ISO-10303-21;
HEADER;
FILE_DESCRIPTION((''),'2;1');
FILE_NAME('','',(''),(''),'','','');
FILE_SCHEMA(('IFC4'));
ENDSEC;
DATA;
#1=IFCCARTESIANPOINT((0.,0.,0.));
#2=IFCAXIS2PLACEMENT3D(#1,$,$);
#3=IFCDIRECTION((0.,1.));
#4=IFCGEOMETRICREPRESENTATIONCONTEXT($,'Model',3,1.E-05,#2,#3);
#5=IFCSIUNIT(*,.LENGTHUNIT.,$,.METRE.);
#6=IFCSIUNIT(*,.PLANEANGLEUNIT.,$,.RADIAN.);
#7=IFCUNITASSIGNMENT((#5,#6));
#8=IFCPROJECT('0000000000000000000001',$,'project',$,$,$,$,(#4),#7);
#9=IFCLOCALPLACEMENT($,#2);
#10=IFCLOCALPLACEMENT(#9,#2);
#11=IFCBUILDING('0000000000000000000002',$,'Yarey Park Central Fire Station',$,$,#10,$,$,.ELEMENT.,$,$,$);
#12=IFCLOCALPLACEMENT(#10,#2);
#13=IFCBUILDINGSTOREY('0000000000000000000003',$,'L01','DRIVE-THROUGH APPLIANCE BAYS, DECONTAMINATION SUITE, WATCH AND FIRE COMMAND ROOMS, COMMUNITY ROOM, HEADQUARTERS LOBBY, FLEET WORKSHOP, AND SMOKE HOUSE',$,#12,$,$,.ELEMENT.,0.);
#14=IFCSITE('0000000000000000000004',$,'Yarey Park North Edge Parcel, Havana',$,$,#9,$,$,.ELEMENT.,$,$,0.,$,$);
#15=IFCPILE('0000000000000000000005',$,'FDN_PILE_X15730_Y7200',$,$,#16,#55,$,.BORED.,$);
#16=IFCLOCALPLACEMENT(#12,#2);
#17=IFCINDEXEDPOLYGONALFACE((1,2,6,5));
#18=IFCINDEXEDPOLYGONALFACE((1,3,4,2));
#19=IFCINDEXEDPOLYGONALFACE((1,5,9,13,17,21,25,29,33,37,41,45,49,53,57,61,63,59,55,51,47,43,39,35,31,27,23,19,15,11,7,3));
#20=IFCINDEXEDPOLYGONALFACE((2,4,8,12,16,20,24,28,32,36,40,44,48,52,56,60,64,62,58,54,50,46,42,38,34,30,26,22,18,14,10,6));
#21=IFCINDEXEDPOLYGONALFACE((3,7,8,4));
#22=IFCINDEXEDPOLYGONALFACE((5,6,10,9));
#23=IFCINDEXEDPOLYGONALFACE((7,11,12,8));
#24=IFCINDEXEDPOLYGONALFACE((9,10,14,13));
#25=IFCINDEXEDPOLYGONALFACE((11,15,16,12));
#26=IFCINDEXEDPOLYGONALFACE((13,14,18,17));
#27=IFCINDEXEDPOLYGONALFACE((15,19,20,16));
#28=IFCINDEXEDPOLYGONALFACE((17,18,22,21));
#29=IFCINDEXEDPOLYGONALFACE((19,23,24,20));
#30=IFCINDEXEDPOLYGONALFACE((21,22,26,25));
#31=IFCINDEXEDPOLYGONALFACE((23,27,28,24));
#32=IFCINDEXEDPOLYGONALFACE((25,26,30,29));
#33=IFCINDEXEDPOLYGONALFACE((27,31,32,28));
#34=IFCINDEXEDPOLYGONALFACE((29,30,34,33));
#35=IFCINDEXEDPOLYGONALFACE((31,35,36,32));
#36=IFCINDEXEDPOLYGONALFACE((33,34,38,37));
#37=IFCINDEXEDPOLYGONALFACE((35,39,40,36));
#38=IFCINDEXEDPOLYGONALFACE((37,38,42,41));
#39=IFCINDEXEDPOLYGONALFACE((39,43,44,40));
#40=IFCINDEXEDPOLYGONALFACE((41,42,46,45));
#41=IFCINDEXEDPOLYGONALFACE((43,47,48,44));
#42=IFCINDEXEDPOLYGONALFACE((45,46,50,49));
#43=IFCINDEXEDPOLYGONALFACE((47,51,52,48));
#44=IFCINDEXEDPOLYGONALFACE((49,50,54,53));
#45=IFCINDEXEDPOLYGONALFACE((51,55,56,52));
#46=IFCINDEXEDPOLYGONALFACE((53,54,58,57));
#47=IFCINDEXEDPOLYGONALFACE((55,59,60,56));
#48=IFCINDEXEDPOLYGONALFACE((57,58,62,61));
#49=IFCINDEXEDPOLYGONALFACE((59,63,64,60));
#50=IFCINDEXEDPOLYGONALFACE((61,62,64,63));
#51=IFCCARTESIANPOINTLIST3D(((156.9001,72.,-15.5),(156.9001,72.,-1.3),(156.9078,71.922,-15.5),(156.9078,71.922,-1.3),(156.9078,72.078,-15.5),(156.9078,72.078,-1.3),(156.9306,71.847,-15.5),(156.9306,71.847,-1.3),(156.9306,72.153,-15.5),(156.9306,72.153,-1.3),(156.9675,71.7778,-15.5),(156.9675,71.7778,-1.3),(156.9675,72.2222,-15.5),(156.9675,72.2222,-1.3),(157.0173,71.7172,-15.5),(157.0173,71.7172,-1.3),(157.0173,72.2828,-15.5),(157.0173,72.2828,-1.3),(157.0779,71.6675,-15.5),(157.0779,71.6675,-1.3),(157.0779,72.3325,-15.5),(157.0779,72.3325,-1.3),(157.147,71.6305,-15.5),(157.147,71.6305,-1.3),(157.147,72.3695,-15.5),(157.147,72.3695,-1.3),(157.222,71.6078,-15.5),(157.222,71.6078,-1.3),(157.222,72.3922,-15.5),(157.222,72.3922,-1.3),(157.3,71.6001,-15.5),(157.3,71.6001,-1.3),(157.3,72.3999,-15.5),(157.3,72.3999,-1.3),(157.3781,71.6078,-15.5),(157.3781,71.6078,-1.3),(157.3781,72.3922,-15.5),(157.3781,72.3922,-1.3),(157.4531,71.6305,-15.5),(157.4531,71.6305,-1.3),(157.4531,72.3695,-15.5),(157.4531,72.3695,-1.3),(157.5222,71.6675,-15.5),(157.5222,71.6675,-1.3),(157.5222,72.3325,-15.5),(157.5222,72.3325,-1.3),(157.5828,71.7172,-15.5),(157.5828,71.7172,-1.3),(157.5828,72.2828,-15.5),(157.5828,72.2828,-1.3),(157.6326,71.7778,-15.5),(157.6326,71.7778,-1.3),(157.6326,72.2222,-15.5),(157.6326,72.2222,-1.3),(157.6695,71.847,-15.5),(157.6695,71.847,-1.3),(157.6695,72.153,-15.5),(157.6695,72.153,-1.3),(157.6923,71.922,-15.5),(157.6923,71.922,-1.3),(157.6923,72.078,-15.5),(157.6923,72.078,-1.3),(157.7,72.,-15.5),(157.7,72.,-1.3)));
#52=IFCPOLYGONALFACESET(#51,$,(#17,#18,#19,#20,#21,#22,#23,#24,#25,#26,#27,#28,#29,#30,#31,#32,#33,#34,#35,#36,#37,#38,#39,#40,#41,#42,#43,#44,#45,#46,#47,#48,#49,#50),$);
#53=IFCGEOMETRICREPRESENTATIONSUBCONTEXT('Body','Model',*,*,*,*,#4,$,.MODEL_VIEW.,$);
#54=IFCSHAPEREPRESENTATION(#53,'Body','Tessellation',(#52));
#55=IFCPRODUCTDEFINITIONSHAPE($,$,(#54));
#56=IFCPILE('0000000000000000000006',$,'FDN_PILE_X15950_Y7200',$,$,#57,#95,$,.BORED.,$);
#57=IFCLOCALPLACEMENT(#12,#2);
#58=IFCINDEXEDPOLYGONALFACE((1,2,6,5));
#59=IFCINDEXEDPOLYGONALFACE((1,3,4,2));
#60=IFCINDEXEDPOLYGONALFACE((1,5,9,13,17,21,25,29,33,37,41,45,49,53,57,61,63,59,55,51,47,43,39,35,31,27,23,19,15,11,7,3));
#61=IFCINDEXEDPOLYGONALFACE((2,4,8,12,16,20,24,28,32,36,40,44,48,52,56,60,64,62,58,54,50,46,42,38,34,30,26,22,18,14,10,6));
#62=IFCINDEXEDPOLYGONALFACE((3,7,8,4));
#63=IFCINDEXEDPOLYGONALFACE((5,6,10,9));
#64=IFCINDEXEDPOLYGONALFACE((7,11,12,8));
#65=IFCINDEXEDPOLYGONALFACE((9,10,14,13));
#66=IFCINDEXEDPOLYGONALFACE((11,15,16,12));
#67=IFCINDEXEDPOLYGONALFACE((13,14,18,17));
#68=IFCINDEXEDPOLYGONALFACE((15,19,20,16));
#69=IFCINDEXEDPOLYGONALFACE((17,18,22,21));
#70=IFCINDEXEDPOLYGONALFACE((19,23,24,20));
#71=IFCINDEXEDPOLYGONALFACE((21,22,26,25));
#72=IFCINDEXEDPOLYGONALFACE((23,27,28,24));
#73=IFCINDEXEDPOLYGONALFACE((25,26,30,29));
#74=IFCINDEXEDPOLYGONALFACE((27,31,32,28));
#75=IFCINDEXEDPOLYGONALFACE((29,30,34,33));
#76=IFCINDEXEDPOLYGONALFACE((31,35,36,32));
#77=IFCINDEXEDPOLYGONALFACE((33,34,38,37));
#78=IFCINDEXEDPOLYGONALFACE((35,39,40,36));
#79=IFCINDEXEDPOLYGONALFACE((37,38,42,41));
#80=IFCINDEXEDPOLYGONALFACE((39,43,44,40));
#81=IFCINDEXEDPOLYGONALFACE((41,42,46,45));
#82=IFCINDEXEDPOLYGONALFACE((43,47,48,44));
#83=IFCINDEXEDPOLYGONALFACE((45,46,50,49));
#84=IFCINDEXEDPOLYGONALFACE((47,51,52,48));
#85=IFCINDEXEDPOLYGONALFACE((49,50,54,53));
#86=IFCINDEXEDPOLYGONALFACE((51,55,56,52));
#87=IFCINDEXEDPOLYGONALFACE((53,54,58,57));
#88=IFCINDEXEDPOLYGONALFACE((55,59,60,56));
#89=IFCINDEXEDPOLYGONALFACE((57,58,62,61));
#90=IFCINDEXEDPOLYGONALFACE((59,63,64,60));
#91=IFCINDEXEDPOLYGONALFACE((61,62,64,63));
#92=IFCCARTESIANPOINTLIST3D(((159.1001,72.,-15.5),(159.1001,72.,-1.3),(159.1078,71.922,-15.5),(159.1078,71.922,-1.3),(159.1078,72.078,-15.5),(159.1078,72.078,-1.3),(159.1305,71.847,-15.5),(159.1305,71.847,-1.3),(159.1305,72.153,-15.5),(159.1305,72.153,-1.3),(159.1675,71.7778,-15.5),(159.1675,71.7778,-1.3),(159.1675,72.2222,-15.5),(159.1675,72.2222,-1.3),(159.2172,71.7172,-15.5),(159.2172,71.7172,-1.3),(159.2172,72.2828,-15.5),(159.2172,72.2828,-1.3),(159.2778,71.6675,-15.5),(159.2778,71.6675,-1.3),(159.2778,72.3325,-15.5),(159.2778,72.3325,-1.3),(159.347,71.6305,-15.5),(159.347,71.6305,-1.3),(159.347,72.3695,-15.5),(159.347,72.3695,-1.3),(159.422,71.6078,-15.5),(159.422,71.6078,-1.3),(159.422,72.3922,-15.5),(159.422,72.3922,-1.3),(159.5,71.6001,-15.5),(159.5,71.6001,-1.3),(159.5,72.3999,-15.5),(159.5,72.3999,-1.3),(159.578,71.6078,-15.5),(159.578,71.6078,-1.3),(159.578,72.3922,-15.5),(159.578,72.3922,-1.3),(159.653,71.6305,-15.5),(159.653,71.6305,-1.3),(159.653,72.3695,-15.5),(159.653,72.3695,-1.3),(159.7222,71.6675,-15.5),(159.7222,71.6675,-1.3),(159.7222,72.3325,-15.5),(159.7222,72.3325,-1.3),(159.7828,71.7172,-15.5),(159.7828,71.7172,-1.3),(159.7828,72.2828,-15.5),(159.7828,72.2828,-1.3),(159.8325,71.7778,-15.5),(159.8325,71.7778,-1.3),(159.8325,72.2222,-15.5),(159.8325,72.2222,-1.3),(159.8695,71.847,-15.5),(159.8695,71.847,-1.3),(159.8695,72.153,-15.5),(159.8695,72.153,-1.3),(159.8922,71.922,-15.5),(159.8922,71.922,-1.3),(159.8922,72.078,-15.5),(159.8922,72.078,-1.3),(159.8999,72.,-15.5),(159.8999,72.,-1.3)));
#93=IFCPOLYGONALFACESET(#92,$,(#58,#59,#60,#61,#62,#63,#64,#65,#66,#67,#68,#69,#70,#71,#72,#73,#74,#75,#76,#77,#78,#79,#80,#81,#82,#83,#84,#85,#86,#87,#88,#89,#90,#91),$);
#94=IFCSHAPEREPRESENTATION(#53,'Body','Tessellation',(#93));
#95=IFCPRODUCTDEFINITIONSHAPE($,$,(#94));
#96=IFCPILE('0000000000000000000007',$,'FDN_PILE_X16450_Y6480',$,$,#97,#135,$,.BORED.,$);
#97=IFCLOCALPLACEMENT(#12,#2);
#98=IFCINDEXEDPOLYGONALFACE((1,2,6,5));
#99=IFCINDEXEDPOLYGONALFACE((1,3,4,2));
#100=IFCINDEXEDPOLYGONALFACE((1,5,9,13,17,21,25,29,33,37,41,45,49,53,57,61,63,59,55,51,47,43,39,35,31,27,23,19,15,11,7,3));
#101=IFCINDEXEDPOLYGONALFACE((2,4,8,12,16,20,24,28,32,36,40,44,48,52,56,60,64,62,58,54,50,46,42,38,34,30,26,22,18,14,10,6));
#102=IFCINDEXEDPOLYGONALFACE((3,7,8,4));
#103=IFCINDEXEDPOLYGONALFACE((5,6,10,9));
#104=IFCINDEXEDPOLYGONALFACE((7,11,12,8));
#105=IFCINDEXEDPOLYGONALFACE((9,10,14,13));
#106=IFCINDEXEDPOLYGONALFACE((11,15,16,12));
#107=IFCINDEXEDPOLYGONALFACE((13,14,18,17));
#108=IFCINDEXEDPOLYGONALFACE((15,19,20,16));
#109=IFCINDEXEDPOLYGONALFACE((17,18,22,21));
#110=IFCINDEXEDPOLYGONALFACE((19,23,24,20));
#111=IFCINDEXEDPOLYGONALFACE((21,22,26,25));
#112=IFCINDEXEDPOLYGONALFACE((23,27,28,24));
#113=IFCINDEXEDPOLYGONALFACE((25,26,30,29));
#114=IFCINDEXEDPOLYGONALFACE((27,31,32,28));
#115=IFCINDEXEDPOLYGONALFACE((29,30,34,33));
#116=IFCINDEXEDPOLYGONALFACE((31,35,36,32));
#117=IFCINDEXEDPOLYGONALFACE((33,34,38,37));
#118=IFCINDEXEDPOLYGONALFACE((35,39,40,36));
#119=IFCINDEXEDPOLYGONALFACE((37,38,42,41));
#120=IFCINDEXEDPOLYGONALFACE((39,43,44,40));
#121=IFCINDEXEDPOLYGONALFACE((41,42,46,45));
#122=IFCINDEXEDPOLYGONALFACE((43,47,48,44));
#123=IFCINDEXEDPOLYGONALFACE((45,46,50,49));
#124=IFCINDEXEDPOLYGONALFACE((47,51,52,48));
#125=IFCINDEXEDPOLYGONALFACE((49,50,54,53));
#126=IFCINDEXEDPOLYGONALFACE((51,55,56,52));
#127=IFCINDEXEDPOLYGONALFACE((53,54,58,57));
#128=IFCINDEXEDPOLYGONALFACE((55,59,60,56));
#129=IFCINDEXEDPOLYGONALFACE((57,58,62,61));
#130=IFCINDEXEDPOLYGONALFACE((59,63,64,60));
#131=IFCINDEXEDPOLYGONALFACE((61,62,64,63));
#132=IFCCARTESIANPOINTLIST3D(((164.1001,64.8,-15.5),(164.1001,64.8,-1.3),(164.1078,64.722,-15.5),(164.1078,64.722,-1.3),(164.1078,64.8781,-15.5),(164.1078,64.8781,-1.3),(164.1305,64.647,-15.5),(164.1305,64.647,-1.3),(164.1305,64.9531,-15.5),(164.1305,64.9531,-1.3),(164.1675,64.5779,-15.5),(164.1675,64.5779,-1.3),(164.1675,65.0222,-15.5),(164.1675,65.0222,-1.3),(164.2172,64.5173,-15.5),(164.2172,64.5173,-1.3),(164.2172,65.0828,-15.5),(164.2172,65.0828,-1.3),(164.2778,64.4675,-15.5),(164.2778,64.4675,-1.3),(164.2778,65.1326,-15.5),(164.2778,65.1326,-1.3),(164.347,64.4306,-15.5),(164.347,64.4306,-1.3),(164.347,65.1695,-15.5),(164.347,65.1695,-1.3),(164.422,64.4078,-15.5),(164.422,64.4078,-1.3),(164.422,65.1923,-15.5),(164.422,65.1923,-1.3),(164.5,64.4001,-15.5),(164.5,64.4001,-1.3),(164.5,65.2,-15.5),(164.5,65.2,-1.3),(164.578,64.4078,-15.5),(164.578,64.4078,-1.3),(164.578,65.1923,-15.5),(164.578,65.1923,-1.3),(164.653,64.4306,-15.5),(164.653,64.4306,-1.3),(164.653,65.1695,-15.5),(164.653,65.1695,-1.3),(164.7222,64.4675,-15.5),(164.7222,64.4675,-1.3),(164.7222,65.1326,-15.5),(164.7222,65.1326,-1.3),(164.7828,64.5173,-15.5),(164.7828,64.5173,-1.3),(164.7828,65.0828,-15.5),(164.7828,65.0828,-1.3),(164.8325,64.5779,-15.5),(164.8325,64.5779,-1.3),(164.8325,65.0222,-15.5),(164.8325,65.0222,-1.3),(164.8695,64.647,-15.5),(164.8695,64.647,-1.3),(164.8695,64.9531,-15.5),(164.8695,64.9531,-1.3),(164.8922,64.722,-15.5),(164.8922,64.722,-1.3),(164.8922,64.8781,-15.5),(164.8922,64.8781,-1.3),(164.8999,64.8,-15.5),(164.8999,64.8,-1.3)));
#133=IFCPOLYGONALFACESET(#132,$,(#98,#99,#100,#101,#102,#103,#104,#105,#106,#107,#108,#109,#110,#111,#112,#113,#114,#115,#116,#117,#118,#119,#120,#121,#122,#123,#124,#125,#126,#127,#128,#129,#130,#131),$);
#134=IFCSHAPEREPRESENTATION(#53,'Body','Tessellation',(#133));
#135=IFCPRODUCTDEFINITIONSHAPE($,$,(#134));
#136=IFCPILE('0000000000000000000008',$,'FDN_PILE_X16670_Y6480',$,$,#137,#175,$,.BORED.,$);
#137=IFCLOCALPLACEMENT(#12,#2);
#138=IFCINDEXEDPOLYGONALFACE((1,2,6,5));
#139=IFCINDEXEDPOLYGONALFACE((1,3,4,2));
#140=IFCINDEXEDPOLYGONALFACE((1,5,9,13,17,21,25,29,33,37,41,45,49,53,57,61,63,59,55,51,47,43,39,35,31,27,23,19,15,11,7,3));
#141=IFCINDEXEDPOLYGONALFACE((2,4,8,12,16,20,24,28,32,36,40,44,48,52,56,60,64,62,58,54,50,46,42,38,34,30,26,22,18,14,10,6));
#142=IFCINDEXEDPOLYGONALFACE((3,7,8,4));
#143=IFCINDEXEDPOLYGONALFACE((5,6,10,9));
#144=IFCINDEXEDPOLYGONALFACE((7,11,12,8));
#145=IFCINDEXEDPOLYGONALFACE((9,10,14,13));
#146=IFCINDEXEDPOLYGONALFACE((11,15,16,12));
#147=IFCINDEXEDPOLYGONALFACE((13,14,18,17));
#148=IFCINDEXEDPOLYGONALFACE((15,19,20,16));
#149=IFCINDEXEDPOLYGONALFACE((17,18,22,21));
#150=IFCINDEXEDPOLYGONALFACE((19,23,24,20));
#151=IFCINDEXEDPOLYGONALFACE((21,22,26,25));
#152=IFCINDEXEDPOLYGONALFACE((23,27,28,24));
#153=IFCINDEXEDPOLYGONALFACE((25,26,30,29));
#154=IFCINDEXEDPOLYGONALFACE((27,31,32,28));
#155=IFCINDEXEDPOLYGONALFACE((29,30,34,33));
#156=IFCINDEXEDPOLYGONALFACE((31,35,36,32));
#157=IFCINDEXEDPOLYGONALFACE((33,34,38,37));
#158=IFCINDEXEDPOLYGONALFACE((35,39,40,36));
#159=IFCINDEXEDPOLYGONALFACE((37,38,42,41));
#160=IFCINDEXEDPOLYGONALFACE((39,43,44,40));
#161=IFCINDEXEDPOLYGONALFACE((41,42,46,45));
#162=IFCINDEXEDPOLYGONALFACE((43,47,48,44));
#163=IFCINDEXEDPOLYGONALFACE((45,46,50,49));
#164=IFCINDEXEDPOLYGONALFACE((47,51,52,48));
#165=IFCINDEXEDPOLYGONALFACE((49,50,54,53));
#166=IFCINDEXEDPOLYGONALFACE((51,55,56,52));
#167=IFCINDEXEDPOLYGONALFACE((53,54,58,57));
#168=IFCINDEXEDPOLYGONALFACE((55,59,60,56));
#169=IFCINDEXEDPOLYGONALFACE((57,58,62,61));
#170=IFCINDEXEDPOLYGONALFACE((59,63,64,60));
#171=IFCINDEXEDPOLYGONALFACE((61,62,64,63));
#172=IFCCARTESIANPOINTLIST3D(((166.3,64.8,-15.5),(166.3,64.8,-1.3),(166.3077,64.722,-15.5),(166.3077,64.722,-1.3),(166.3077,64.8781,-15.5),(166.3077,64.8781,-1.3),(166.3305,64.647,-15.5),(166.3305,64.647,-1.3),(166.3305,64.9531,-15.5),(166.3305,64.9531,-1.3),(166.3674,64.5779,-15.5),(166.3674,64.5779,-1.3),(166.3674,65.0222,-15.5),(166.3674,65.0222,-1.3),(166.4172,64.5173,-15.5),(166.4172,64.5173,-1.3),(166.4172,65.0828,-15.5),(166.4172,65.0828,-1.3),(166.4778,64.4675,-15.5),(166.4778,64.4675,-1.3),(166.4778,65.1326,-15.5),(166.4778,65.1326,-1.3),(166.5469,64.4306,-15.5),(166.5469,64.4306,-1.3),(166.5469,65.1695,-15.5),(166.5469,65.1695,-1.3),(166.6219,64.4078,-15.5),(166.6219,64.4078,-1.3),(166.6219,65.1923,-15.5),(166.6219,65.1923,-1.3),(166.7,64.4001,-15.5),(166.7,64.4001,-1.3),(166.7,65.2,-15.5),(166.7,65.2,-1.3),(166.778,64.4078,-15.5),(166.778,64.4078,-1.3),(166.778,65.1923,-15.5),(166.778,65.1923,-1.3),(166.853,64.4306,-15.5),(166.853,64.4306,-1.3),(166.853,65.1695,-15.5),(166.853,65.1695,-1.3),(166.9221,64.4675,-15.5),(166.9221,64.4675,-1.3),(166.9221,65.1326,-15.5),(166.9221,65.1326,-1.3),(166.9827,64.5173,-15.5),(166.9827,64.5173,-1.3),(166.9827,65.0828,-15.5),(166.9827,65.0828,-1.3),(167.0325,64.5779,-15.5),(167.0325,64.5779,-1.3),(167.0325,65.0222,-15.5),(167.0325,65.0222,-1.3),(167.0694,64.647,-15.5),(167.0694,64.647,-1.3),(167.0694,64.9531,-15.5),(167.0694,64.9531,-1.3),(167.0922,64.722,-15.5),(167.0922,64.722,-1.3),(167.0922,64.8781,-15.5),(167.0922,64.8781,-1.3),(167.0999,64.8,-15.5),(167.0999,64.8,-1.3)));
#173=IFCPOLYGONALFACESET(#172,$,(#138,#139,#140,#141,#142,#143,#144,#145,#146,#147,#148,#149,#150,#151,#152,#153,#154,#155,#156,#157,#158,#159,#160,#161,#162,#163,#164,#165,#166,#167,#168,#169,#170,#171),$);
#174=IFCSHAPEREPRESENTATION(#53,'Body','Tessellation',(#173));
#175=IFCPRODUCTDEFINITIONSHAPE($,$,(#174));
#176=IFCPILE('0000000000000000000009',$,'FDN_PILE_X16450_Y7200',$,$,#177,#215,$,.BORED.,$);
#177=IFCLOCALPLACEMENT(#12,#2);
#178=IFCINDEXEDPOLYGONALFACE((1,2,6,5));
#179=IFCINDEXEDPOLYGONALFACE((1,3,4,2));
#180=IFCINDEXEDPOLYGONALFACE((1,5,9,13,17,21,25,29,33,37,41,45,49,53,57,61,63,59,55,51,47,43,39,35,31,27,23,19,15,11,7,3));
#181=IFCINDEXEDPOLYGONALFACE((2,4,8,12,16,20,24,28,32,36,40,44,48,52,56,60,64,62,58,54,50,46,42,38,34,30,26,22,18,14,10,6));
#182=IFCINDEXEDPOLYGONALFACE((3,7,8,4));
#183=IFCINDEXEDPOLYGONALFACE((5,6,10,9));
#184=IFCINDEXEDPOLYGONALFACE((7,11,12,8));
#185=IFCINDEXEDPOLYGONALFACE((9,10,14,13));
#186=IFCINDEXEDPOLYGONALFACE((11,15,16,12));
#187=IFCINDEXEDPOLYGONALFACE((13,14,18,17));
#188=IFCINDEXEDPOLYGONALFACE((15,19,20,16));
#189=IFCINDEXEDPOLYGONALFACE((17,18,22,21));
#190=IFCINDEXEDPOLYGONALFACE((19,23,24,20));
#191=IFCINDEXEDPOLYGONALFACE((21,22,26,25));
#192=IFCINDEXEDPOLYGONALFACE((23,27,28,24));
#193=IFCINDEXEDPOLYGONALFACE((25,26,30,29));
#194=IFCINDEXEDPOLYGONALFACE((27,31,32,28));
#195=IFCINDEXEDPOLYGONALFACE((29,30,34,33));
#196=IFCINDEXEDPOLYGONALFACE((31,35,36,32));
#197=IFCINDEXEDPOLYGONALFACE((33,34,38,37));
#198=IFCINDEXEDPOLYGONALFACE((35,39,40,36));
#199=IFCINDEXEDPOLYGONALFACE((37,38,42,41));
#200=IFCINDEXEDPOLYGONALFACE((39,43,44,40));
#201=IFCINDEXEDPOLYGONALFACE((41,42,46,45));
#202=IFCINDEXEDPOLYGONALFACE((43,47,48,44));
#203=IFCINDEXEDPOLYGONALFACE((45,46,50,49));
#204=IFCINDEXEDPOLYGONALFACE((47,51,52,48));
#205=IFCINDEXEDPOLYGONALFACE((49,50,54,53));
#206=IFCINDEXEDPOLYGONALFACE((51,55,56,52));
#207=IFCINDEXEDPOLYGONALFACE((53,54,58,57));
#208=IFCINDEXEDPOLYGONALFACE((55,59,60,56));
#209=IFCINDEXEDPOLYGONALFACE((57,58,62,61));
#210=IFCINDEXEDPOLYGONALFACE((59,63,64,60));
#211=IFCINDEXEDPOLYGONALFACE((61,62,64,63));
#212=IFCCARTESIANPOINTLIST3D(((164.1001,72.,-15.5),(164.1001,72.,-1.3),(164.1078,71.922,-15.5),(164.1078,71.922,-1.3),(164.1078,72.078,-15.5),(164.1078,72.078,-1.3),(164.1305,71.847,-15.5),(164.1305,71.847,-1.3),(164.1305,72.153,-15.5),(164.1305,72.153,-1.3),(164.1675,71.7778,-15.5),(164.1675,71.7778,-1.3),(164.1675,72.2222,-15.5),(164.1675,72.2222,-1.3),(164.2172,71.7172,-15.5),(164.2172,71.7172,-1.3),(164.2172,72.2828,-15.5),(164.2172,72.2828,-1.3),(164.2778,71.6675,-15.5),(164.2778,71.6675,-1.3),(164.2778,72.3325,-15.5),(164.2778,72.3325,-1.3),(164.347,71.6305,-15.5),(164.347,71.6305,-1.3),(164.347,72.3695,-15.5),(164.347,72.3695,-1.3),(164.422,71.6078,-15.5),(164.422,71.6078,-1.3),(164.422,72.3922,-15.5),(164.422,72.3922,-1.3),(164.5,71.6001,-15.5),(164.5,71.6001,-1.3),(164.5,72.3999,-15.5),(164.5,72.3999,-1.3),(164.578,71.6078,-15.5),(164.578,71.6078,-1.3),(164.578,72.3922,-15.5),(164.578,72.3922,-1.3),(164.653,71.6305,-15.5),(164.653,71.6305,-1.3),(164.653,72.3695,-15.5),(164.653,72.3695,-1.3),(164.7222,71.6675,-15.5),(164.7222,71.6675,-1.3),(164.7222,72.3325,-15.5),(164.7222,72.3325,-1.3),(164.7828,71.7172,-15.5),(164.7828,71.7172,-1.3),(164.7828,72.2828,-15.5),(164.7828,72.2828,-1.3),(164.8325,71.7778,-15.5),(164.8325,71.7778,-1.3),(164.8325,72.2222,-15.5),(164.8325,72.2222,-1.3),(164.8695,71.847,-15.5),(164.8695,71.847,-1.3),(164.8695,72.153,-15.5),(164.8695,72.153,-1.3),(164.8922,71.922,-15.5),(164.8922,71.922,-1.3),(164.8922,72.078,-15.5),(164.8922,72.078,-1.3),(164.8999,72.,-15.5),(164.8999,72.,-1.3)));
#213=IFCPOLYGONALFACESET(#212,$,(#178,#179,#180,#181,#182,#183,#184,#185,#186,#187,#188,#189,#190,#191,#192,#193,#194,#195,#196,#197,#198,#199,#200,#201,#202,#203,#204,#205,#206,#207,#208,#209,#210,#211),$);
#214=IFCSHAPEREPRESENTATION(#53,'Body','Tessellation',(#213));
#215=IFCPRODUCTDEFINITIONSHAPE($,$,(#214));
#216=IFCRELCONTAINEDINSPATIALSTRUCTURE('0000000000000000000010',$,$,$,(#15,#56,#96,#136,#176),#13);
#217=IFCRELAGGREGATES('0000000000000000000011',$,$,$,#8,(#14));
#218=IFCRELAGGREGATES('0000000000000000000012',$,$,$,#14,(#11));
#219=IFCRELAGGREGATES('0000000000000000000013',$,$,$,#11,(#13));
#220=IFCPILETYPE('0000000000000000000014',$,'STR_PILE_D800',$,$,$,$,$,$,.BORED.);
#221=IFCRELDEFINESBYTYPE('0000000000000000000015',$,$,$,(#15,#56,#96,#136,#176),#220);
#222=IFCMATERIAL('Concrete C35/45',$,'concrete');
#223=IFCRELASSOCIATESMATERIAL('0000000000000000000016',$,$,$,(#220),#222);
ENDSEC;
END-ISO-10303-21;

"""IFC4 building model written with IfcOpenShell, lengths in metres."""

from ifc_helpers import new_model, si_unit, direction, frame, origin, origin_2d, place, context, subcontext, project, spatial, circle, extrude, material, material_profile, profile_set, type_object, element, save


model = new_model("IFC4")

# Units and contexts
model_context = context("Model", 3, precision=1e-05, world=origin(), true_north=direction((0.0, 1.0)))
body_context = subcontext(model_context, "Body", "Model", "MODEL_VIEW")
ifc_project = project(units=[si_unit("LENGTHUNIT", "METRE"), si_unit("PLANEANGLEUNIT", "RADIAN")], contexts=[model_context])

# Site, building, storey
site_placement = place(None, origin())
site = spatial("IfcSite", under=ifc_project, at=site_placement, Name="Yarey Park North Edge Parcel, Havana", CompositionType="ELEMENT", RefElevation=0.0)
building_placement = place(site_placement, origin())
building = spatial("IfcBuilding", under=site, at=building_placement, Name="Yarey Park Central Fire Station", CompositionType="ELEMENT")
storey_placement = place(building_placement, origin())
storey = spatial("IfcBuildingStorey", under=building, at=storey_placement, Name="L01", Description="DRIVE-THROUGH APPLIANCE BAYS, DECONTAMINATION SUITE, WATCH AND FIRE COMMAND ROOMS, COMMUNITY ROOM, HEADQUARTERS LOBBY, FLEET WORKSHOP, AND SMOKE HOUSE", CompositionType="ELEMENT", Elevation=0.0)

# Shared definitions
ifc_material_1 = material(Name="Concrete C35/45", Category="concrete")

# Piles
ifc_material_profile_1 = material_profile(ifc_material_1, circle(Radius=0.3999, at=origin_2d()), Name="BORED PILE D800")
ifc_profile_set_1 = profile_set([ifc_material_profile_1], Name="Concrete C35/45")
pile_type = type_object("IfcPileType", Name="STR_PILE_D800", PredefinedType="BORED", material=ifc_profile_set_1)
for number, where, z_axis, x_axis, name in (
    (1, (157.3, 72.0, -1.3), (0.0, 0.0, -1.0), (1.0, 0.0, 0.0), "FDN_PILE_X15730_Y7200"),
    (2, (159.5, 72.0, -1.3), (0.0, 0.0, -1.0), (1.0, 0.0, 0.0), "FDN_PILE_X15950_Y7200"),
    (3, (164.5, 64.8, -1.3), (0.0, 0.0, -1.0), (1.0, 0.0, 0.0), "FDN_PILE_X16450_Y6480"),
    (4, (166.7, 64.8, -1.3), (0.0, 0.0, -1.0), (1.0, 0.0, 0.0), "FDN_PILE_X16670_Y6480"),
    (5, (164.5, 72.0, -1.3), (0.0, 0.0, -1.0), (1.0, 0.0, 0.0), "FDN_PILE_X16450_Y7200"),
):
    element("IfcPile", number, at=place(storey_placement, frame(where, z_axis=z_axis, x_axis=x_axis)), inside=storey, type_object=pile_type, Name=name, PredefinedType="BORED", context=body_context, shape_type="SweptSolid", body=[
        extrude(circle(Radius=0.3999, at=origin_2d()), origin(), (0.0, 0.0, 1.0), 14.2),
    ])

save(model, "model.ifc")
